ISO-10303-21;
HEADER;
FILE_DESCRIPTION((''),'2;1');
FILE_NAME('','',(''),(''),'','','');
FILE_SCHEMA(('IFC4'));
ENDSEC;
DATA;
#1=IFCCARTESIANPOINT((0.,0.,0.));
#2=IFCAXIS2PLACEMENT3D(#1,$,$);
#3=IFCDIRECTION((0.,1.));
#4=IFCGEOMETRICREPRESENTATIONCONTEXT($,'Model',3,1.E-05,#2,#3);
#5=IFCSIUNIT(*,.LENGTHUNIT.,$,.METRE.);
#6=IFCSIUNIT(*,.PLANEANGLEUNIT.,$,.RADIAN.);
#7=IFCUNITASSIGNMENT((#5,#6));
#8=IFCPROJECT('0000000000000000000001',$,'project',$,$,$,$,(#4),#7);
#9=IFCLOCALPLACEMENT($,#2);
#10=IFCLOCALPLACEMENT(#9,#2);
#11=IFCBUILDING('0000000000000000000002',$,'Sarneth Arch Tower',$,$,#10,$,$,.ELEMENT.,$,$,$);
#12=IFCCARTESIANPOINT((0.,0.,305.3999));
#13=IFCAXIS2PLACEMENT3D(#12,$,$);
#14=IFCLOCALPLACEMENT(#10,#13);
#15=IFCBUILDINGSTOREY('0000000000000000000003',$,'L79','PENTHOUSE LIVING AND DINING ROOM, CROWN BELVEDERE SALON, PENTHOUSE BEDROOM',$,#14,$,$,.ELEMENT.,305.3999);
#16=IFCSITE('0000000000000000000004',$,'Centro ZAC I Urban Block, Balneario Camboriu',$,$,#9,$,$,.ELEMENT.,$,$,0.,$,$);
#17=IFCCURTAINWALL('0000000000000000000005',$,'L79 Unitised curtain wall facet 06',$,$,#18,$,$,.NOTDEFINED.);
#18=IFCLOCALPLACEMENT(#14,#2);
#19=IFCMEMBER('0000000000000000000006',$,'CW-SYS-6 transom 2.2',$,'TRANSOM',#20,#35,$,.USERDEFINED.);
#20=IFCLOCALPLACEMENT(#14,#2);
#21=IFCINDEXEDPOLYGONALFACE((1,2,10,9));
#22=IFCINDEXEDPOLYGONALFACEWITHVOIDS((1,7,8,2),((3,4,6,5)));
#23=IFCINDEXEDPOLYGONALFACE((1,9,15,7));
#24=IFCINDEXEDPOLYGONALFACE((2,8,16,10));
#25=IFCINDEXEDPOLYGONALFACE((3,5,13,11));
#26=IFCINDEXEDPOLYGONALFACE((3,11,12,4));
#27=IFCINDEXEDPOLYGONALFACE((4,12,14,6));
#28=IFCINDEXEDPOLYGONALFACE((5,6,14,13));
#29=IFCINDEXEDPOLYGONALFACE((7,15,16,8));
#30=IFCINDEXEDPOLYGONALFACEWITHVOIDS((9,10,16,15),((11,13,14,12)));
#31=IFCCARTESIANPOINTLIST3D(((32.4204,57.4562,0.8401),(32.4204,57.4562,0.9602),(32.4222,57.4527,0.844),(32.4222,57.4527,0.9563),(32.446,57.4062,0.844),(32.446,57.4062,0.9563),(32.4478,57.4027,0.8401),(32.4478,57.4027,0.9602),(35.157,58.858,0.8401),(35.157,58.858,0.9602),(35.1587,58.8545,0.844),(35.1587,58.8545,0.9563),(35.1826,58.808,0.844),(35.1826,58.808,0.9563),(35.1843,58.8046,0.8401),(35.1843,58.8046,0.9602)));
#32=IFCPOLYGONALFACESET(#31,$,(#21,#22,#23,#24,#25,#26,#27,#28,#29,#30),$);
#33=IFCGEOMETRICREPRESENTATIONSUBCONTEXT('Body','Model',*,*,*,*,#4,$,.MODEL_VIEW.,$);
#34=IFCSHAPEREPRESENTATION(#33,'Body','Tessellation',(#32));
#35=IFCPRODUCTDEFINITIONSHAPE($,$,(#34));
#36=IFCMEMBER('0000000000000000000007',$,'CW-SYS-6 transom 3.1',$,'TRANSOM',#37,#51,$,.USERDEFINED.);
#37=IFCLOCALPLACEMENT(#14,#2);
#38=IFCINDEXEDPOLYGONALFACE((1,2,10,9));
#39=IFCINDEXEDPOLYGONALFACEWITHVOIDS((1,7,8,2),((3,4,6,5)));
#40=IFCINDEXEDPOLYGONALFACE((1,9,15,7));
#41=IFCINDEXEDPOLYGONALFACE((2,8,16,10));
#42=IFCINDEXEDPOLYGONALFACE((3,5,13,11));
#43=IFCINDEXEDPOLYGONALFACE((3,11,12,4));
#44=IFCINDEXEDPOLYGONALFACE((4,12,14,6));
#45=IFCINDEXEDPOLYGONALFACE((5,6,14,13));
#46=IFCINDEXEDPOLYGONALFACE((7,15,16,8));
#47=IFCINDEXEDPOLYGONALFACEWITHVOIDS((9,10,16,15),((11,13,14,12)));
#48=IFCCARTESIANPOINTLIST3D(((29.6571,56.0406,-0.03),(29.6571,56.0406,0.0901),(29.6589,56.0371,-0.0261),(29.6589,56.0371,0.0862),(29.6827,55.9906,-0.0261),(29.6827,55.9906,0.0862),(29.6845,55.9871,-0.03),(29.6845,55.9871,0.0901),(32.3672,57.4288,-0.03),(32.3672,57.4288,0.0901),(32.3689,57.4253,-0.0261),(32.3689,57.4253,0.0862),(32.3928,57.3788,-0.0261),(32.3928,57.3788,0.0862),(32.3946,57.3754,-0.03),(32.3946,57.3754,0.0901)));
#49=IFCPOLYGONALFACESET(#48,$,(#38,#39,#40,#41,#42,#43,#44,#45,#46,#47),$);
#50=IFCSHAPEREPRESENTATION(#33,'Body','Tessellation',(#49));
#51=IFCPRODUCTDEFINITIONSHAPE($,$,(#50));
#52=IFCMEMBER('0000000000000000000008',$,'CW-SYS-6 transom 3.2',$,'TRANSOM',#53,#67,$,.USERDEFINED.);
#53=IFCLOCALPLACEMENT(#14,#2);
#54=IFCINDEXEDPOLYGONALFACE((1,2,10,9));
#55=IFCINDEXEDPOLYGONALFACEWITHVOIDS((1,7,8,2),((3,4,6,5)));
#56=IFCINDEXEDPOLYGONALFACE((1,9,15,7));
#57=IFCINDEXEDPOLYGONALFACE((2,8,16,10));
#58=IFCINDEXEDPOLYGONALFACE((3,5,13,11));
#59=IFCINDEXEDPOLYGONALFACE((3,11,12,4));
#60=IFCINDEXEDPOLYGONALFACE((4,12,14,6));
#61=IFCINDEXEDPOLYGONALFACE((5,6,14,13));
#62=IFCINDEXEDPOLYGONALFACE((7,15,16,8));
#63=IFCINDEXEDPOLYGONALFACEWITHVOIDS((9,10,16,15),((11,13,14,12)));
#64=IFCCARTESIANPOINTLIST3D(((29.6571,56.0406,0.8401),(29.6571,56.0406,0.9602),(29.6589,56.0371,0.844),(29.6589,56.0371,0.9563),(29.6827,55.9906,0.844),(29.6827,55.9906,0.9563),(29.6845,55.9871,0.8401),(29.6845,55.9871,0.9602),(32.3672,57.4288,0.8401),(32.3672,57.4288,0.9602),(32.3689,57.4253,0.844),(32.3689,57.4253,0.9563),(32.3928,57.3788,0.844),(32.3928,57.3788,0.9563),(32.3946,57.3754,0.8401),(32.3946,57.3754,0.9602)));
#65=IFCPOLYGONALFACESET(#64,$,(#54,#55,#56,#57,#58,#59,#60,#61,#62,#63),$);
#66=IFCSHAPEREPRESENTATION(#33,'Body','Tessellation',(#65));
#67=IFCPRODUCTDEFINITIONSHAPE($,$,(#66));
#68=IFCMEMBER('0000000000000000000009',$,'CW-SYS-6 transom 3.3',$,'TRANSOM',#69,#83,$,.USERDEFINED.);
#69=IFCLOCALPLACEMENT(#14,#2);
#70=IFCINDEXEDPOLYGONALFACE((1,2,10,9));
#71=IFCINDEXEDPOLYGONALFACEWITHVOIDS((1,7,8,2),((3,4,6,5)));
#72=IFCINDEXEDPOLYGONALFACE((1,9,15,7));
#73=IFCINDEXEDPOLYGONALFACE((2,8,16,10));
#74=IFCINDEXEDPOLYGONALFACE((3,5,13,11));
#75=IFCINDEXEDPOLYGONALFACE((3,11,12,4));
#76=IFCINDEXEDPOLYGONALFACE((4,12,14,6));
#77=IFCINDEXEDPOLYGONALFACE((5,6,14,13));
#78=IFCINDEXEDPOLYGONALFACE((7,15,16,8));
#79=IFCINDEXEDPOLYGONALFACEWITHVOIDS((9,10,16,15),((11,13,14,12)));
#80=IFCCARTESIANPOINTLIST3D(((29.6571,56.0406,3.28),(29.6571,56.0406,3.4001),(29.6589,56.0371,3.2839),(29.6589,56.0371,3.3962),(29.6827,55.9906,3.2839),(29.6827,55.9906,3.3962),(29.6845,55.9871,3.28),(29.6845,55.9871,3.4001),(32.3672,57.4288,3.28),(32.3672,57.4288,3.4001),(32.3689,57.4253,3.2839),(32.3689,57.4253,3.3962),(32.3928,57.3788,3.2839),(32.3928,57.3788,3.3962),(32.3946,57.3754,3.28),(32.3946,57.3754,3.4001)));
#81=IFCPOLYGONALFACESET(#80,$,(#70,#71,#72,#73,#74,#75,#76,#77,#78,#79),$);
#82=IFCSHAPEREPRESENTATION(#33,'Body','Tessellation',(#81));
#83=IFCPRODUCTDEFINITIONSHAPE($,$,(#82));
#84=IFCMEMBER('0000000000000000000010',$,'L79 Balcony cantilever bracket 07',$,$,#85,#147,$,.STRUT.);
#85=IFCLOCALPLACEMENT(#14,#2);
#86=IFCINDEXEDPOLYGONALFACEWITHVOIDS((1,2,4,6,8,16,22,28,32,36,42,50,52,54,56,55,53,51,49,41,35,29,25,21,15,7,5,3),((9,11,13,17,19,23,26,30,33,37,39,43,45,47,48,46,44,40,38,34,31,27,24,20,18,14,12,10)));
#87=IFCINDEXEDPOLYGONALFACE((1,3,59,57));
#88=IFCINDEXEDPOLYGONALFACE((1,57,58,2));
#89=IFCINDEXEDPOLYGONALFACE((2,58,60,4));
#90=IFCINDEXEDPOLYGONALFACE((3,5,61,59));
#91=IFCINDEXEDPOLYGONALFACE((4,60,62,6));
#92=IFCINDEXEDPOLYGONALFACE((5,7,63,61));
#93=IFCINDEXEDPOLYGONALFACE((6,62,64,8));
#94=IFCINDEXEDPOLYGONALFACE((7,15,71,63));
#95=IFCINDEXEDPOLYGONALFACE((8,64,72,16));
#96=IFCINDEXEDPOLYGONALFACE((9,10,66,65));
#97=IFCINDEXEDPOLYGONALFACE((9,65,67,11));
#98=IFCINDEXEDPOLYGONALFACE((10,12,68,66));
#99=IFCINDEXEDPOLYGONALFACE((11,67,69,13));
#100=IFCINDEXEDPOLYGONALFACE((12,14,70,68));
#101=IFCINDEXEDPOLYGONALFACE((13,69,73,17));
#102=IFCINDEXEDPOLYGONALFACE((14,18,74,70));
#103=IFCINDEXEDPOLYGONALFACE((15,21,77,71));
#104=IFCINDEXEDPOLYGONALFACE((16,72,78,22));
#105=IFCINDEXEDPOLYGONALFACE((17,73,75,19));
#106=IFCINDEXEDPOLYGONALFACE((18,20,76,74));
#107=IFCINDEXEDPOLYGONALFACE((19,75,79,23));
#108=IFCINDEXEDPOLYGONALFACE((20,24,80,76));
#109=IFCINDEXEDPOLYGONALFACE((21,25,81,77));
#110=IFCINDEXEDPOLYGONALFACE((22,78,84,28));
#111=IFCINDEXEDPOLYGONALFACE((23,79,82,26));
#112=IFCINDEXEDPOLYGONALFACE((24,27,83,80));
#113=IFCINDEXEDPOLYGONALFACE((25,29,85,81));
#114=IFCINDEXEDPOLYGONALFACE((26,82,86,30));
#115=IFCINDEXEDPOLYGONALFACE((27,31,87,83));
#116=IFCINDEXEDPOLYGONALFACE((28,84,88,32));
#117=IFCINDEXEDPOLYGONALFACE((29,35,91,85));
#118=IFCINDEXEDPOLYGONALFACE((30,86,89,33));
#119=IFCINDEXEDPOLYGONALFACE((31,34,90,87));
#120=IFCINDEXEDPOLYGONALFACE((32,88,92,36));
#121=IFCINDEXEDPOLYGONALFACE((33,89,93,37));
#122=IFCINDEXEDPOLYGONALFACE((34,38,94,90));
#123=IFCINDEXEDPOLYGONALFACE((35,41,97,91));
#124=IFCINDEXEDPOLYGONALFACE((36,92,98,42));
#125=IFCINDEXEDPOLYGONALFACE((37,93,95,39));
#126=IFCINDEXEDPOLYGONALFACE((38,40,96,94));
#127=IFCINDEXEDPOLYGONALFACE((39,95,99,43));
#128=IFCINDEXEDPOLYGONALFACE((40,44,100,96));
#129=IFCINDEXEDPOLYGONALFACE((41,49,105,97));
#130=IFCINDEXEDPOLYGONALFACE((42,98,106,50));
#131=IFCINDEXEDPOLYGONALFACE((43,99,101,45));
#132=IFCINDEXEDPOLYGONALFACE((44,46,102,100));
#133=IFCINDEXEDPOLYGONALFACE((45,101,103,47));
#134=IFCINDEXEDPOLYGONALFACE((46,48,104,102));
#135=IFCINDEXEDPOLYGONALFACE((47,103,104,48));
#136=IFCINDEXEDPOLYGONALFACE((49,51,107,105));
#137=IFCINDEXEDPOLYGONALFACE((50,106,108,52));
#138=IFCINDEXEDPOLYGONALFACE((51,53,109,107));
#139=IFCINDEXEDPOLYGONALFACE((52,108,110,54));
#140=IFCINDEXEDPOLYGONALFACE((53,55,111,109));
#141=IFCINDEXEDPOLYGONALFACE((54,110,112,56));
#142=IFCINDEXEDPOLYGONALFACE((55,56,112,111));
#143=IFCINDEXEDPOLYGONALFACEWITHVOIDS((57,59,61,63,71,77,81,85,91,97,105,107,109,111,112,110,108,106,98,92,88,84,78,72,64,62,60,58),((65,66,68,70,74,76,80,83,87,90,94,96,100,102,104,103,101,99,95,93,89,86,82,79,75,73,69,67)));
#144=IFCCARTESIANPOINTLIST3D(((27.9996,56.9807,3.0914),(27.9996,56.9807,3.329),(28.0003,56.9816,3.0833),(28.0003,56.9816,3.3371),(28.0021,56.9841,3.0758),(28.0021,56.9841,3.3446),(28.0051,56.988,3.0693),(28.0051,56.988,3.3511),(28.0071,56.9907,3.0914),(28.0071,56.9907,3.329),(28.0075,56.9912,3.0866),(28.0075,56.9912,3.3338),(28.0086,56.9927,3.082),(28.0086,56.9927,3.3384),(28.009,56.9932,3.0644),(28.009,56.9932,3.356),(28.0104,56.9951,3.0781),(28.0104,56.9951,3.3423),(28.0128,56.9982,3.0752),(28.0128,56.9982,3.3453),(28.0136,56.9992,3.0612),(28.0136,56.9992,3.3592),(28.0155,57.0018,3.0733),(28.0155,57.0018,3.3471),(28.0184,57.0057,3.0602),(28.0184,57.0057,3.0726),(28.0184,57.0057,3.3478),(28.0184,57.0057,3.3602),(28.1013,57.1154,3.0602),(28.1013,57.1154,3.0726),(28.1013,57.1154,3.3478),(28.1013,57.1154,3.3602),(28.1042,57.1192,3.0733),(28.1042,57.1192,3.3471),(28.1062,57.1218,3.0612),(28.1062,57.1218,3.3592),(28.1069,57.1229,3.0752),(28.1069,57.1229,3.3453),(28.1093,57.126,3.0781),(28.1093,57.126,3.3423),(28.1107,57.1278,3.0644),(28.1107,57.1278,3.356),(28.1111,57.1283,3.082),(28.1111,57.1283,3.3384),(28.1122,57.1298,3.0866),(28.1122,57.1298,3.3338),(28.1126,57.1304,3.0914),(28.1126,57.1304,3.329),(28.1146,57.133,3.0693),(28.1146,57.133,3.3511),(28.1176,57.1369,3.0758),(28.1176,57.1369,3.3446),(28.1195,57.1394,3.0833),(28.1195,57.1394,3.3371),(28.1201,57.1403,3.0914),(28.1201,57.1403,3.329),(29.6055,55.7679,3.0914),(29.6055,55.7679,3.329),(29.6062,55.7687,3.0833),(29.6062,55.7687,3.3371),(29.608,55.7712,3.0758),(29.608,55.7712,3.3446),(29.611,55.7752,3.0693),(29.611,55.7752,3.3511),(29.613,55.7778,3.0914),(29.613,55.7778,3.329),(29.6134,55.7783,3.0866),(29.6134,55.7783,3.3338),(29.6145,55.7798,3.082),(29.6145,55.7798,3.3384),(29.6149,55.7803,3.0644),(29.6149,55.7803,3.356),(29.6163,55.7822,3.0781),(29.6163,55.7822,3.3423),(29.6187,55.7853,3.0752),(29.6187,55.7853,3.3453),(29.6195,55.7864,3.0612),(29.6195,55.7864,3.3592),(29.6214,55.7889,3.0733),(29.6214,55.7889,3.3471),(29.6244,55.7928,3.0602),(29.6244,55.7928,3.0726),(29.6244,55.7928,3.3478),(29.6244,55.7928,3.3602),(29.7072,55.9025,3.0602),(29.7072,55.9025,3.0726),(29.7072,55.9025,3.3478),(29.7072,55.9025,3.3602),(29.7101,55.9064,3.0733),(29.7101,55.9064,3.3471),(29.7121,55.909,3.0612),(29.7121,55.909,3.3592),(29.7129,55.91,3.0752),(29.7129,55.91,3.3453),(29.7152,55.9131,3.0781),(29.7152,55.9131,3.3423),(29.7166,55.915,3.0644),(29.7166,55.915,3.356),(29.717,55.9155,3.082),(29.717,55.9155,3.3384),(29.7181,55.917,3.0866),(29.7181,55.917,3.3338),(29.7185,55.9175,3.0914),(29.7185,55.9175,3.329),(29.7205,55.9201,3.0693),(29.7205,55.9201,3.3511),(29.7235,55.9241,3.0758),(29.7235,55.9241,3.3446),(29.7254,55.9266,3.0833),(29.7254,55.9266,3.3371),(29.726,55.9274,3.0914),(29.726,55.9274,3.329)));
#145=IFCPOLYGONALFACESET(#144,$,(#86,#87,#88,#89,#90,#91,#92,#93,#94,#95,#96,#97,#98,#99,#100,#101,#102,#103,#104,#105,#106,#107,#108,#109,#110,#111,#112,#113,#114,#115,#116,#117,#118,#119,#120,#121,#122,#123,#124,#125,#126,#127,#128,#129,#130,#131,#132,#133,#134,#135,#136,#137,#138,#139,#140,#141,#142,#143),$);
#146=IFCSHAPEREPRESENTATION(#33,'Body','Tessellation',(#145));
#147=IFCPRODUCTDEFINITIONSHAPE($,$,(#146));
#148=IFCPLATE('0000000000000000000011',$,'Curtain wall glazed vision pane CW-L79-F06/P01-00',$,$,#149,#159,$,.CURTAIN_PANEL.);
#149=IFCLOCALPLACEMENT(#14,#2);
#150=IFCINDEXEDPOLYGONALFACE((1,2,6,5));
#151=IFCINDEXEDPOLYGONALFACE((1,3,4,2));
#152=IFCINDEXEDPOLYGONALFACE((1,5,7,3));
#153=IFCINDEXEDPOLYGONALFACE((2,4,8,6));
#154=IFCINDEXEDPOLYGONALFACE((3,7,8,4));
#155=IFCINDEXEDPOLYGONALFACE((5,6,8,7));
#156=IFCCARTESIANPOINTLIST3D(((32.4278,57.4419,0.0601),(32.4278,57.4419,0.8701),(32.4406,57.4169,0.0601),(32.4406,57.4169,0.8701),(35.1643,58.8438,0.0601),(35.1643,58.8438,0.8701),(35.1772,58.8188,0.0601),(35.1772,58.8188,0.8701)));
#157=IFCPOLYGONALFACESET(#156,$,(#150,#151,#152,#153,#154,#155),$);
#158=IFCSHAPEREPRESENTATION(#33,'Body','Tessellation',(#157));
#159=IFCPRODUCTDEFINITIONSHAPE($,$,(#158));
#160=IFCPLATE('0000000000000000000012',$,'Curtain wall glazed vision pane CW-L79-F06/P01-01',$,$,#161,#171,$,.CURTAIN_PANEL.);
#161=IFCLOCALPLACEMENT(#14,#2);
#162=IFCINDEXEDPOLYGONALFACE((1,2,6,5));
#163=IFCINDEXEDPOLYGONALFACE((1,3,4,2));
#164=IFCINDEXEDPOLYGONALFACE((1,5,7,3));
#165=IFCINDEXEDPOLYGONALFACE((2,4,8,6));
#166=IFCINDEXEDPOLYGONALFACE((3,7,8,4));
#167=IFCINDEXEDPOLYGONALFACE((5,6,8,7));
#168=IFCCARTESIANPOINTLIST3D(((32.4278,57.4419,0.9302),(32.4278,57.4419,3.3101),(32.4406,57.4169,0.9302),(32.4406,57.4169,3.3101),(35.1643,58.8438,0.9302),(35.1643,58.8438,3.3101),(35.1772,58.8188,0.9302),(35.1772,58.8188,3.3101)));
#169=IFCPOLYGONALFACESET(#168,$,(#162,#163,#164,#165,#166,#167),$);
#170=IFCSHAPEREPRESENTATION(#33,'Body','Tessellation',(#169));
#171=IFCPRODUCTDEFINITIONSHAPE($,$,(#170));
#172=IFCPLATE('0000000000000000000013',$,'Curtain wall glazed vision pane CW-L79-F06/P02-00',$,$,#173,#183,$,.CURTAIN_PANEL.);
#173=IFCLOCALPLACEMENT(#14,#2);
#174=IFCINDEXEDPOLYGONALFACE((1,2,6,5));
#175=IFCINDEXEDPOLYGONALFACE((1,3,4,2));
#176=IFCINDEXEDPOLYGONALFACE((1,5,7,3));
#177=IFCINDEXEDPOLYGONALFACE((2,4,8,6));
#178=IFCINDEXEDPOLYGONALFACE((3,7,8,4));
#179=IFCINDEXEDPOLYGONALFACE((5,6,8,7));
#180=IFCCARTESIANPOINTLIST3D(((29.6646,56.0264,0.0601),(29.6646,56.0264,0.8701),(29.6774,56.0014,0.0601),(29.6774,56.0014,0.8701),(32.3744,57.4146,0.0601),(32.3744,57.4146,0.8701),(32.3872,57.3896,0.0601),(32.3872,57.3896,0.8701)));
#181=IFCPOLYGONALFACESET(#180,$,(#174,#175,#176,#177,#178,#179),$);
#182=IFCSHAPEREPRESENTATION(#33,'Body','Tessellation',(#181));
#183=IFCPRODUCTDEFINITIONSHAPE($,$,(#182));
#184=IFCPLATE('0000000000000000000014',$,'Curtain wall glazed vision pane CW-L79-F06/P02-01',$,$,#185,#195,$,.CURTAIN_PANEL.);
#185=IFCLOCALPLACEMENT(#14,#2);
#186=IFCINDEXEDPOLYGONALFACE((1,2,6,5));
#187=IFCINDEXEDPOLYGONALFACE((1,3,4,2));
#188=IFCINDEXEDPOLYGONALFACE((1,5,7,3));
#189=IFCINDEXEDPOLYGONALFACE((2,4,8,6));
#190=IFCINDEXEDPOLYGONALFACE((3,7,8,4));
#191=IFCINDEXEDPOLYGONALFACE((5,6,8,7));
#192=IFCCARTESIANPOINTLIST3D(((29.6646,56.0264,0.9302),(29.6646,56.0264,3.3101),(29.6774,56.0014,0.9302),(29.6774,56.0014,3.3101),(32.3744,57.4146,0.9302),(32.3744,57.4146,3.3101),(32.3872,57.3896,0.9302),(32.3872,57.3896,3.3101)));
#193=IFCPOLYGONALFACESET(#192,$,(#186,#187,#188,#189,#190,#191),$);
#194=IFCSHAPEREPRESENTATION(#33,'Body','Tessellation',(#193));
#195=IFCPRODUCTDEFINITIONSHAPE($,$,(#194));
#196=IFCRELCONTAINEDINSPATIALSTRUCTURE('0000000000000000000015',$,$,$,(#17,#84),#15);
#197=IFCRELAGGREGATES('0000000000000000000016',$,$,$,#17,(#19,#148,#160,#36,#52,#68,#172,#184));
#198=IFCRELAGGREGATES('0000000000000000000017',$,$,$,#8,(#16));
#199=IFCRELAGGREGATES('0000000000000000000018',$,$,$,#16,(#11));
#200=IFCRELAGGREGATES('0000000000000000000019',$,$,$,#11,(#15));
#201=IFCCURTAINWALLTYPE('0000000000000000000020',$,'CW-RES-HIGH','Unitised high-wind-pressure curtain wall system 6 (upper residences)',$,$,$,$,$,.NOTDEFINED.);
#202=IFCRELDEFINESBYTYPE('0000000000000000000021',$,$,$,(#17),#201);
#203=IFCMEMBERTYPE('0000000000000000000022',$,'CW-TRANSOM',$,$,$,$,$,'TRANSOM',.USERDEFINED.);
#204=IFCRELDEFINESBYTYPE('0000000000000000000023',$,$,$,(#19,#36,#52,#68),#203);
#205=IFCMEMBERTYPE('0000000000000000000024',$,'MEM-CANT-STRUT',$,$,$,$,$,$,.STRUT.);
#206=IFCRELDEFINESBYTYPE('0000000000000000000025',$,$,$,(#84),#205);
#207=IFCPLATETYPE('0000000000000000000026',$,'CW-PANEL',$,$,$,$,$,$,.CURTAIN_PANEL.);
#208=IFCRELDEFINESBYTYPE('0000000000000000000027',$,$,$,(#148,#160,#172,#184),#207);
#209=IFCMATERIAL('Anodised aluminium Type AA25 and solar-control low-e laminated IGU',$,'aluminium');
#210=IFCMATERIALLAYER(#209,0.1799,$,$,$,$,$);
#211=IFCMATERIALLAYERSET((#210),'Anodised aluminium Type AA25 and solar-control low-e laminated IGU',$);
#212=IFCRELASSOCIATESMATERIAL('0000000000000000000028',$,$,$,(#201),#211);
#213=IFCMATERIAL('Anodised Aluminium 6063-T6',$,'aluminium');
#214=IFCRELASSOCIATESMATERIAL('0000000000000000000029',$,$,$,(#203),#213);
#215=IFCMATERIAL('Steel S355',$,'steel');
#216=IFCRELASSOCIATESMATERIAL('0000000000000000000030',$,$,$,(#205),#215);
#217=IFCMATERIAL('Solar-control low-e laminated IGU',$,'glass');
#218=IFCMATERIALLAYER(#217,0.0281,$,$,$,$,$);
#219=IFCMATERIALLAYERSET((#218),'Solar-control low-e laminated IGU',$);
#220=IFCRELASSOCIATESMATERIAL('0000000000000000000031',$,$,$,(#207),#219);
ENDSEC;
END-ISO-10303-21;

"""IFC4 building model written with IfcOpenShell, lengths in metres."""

from ifc_helpers import new_model, si_unit, direction, frame, origin, origin_2d, place, context, subcontext, project, spatial, rectangle, hollow_rectangle, extrude, material, layer, layer_set, material_profile, profile_set, type_object, element, aggregate, save


model = new_model("IFC4")

# Units and contexts
model_context = context("Model", 3, precision=1e-05, world=origin(), true_north=direction((0.0, 1.0)))
body_context = subcontext(model_context, "Body", "Model", "MODEL_VIEW")
ifc_project = project(units=[si_unit("LENGTHUNIT", "METRE"), si_unit("PLANEANGLEUNIT", "RADIAN")], contexts=[model_context])

# Site, building, storey
site_placement = place(None, origin())
site = spatial("IfcSite", under=ifc_project, at=site_placement, Name="Centro ZAC I Urban Block, Balneario Camboriu", CompositionType="ELEMENT", RefElevation=0.0)
building_placement = place(site_placement, origin())
building = spatial("IfcBuilding", under=site, at=building_placement, Name="Sarneth Arch Tower", CompositionType="ELEMENT")
storey_placement = place(building_placement, frame((0.0, 0.0, 305.3999)))
storey = spatial("IfcBuildingStorey", under=building, at=storey_placement, Name="L79", Description="PENTHOUSE LIVING AND DINING ROOM, CROWN BELVEDERE SALON, PENTHOUSE BEDROOM", CompositionType="ELEMENT", Elevation=305.3999)

# Curtain wall, members
ifc_material_1 = material(Name="Anodised aluminium Type AA25 and solar-control low-e laminated IGU", Category="aluminium")
ifc_layer_1 = layer(ifc_material_1, 0.1799)
ifc_layer_set_1 = layer_set([ifc_layer_1], Name="Anodised aluminium Type AA25 and solar-control low-e laminated IGU")
curtain_wall_type = type_object("IfcCurtainWallType", Name="CW-RES-HIGH", Description="Unitised high-wind-pressure curtain wall system 6 (upper residences)", PredefinedType="NOTDEFINED", material=ifc_layer_set_1)
curtain_wall_placement = place(storey_placement, origin())
curtain_wall = element("IfcCurtainWall", 1, at=curtain_wall_placement, inside=storey, type_object=curtain_wall_type, Name="L79 Unitised curtain wall facet 06", PredefinedType="NOTDEFINED")
ifc_material_2 = material(Name="Anodised Aluminium 6063-T6", Category="aluminium")
ifc_material_profile_1 = material_profile(ifc_material_2, hollow_rectangle(XDim=0.0601, YDim=0.1201, WallThickness=0.0039, at=origin_2d()), Name="AL-TRAN-120x60x4")
ifc_profile_set_1 = profile_set([ifc_material_profile_1], Name="Anodised Aluminium 6063-T6")
member_type_1 = type_object("IfcMemberType", Name="CW-TRANSOM", ElementType="TRANSOM", PredefinedType="USERDEFINED", material=ifc_profile_set_1)
member_1_placement = place(storey_placement, frame((35.1707, 58.8313, 0.9001), z_axis=(-0.890017, -0.455926, 0.0), x_axis=(0.455926, -0.890017, 0.0)))
member_1 = element("IfcMember", 2, at=member_1_placement, type_object=member_type_1, Name="CW-SYS-6 transom 2.2", ObjectType="TRANSOM", PredefinedType="USERDEFINED", context=body_context, shape_type="SweptSolid", body=[
    extrude(hollow_rectangle(XDim=0.0601, YDim=0.1201, WallThickness=0.0039, at=origin_2d()), origin(), (0.0, 0.0, 1.0), 3.0747),
])
member_2_placement = place(storey_placement, frame((32.3809, 57.4021, 0.03), z_axis=(-0.890023, -0.455916, 0.0), x_axis=(0.455916, -0.890023, 0.0)))
member_2 = element("IfcMember", 3, at=member_2_placement, type_object=member_type_1, Name="CW-SYS-6 transom 3.1", ObjectType="TRANSOM", PredefinedType="USERDEFINED", context=body_context, shape_type="SweptSolid", body=[
    extrude(hollow_rectangle(XDim=0.0601, YDim=0.1201, WallThickness=0.0039, at=origin_2d()), origin(), (0.0, 0.0, 1.0), 3.0449),
])
member_3_placement = place(storey_placement, frame((32.3809, 57.4021, 0.9001), z_axis=(-0.890023, -0.455916, 0.0), x_axis=(0.455916, -0.890023, 0.0)))
member_3 = element("IfcMember", 4, at=member_3_placement, type_object=member_type_1, Name="CW-SYS-6 transom 3.2", ObjectType="TRANSOM", PredefinedType="USERDEFINED", context=body_context, shape_type="SweptSolid", body=[
    extrude(hollow_rectangle(XDim=0.0601, YDim=0.1201, WallThickness=0.0039, at=origin_2d()), origin(), (0.0, 0.0, 1.0), 3.0449),
])
member_4_placement = place(storey_placement, frame((32.3809, 57.4021, 3.3401), z_axis=(-0.890023, -0.455916, 0.0), x_axis=(0.455916, -0.890023, 0.0)))
member_4 = element("IfcMember", 5, at=member_4_placement, type_object=member_type_1, Name="CW-SYS-6 transom 3.3", ObjectType="TRANSOM", PredefinedType="USERDEFINED", context=body_context, shape_type="SweptSolid", body=[
    extrude(hollow_rectangle(XDim=0.0601, YDim=0.1201, WallThickness=0.0039, at=origin_2d()), origin(), (0.0, 0.0, 1.0), 3.0449),
])

# Member
ifc_material_3 = material(Name="Steel S355", Category="steel")
ifc_material_profile_2 = material_profile(ifc_material_3, hollow_rectangle(XDim=0.2, YDim=0.3, WallThickness=0.0125, InnerFilletRadius=0.0188, OuterFilletRadius=0.0312, at=origin_2d()), Name="RHS300x200x12.5")
ifc_profile_set_2 = profile_set([ifc_material_profile_2], Name="Steel S355")
member_type_2 = type_object("IfcMemberType", Name="MEM-CANT-STRUT", PredefinedType="STRUT", material=ifc_profile_set_2)
member_5_placement = place(storey_placement, frame((29.6658, 55.8477, 3.2102), z_axis=(-0.797987, 0.602675, 0.0), x_axis=(-0.602675, -0.797987, 0.0)))
element("IfcMember", 6, at=member_5_placement, inside=storey, type_object=member_type_2, Name="L79 Balcony cantilever bracket 07", PredefinedType="STRUT", context=body_context, shape_type="SweptSolid", body=[
    extrude(hollow_rectangle(XDim=0.2, YDim=0.3, WallThickness=0.0125, InnerFilletRadius=0.0188, OuterFilletRadius=0.0312, at=origin_2d()), origin(), (0.0, 0.0, 1.0), 2.0125),
])

# Plates
ifc_material_4 = material(Name="Solar-control low-e laminated IGU", Category="glass")
ifc_layer_2 = layer(ifc_material_4, 0.0281)
ifc_layer_set_2 = layer_set([ifc_layer_2], Name="Solar-control low-e laminated IGU")
plate_type_1 = type_object("IfcPlateType", Name="CW-PANEL", PredefinedType="CURTAIN_PANEL", material=ifc_layer_set_2)
plate_1_placement = place(storey_placement, frame((33.8025, 58.1304, 0.0601), z_axis=(0.0, 0.0, 1.0), x_axis=(-0.89001, -0.455942, 0.0)))
plate_1 = element("IfcPlate", 7, at=plate_1_placement, type_object=plate_type_1, Name="Curtain wall glazed vision pane CW-L79-F06/P01-00", PredefinedType="CURTAIN_PANEL", context=body_context, shape_type="SweptSolid", body=[
    extrude(rectangle(XDim=3.0747, YDim=0.0281, at=origin_2d()), origin(), (0.0, 0.0, 1.0), 0.8101),
])
plate_2_placement = place(storey_placement, frame((33.8025, 58.1304, 0.9302), z_axis=(0.0, 0.0, 1.0), x_axis=(-0.89001, -0.455942, 0.0)))
plate_2 = element("IfcPlate", 8, at=plate_2_placement, type_object=plate_type_1, Name="Curtain wall glazed vision pane CW-L79-F06/P01-01", PredefinedType="CURTAIN_PANEL", context=body_context, shape_type="SweptSolid", body=[
    extrude(rectangle(XDim=3.0747, YDim=0.0281, at=origin_2d()), origin(), (0.0, 0.0, 1.0), 2.3799),
])
plate_3_placement = place(storey_placement, frame((31.0259, 56.708, 0.0601), z_axis=(0.0, 0.0, 1.0), x_axis=(-0.89001, -0.455942, 0.0)))
plate_3 = element("IfcPlate", 9, at=plate_3_placement, type_object=plate_type_1, Name="Curtain wall glazed vision pane CW-L79-F06/P02-00", PredefinedType="CURTAIN_PANEL", context=body_context, shape_type="SweptSolid", body=[
    extrude(rectangle(XDim=3.0447, YDim=0.0281, at=origin_2d()), origin(), (0.0, 0.0, 1.0), 0.8101),
])
plate_4_placement = place(storey_placement, frame((31.0259, 56.708, 0.9302), z_axis=(0.0, 0.0, 1.0), x_axis=(-0.89001, -0.455942, 0.0)))
plate_4 = element("IfcPlate", 10, at=plate_4_placement, type_object=plate_type_1, Name="Curtain wall glazed vision pane CW-L79-F06/P02-01", PredefinedType="CURTAIN_PANEL", context=body_context, shape_type="SweptSolid", body=[
    extrude(rectangle(XDim=3.0447, YDim=0.0281, at=origin_2d()), origin(), (0.0, 0.0, 1.0), 2.3799),
])
aggregate(curtain_wall, [member_1, plate_1, plate_2, member_2, member_3, member_4, plate_3, plate_4])

save(model, "model.ifc")
